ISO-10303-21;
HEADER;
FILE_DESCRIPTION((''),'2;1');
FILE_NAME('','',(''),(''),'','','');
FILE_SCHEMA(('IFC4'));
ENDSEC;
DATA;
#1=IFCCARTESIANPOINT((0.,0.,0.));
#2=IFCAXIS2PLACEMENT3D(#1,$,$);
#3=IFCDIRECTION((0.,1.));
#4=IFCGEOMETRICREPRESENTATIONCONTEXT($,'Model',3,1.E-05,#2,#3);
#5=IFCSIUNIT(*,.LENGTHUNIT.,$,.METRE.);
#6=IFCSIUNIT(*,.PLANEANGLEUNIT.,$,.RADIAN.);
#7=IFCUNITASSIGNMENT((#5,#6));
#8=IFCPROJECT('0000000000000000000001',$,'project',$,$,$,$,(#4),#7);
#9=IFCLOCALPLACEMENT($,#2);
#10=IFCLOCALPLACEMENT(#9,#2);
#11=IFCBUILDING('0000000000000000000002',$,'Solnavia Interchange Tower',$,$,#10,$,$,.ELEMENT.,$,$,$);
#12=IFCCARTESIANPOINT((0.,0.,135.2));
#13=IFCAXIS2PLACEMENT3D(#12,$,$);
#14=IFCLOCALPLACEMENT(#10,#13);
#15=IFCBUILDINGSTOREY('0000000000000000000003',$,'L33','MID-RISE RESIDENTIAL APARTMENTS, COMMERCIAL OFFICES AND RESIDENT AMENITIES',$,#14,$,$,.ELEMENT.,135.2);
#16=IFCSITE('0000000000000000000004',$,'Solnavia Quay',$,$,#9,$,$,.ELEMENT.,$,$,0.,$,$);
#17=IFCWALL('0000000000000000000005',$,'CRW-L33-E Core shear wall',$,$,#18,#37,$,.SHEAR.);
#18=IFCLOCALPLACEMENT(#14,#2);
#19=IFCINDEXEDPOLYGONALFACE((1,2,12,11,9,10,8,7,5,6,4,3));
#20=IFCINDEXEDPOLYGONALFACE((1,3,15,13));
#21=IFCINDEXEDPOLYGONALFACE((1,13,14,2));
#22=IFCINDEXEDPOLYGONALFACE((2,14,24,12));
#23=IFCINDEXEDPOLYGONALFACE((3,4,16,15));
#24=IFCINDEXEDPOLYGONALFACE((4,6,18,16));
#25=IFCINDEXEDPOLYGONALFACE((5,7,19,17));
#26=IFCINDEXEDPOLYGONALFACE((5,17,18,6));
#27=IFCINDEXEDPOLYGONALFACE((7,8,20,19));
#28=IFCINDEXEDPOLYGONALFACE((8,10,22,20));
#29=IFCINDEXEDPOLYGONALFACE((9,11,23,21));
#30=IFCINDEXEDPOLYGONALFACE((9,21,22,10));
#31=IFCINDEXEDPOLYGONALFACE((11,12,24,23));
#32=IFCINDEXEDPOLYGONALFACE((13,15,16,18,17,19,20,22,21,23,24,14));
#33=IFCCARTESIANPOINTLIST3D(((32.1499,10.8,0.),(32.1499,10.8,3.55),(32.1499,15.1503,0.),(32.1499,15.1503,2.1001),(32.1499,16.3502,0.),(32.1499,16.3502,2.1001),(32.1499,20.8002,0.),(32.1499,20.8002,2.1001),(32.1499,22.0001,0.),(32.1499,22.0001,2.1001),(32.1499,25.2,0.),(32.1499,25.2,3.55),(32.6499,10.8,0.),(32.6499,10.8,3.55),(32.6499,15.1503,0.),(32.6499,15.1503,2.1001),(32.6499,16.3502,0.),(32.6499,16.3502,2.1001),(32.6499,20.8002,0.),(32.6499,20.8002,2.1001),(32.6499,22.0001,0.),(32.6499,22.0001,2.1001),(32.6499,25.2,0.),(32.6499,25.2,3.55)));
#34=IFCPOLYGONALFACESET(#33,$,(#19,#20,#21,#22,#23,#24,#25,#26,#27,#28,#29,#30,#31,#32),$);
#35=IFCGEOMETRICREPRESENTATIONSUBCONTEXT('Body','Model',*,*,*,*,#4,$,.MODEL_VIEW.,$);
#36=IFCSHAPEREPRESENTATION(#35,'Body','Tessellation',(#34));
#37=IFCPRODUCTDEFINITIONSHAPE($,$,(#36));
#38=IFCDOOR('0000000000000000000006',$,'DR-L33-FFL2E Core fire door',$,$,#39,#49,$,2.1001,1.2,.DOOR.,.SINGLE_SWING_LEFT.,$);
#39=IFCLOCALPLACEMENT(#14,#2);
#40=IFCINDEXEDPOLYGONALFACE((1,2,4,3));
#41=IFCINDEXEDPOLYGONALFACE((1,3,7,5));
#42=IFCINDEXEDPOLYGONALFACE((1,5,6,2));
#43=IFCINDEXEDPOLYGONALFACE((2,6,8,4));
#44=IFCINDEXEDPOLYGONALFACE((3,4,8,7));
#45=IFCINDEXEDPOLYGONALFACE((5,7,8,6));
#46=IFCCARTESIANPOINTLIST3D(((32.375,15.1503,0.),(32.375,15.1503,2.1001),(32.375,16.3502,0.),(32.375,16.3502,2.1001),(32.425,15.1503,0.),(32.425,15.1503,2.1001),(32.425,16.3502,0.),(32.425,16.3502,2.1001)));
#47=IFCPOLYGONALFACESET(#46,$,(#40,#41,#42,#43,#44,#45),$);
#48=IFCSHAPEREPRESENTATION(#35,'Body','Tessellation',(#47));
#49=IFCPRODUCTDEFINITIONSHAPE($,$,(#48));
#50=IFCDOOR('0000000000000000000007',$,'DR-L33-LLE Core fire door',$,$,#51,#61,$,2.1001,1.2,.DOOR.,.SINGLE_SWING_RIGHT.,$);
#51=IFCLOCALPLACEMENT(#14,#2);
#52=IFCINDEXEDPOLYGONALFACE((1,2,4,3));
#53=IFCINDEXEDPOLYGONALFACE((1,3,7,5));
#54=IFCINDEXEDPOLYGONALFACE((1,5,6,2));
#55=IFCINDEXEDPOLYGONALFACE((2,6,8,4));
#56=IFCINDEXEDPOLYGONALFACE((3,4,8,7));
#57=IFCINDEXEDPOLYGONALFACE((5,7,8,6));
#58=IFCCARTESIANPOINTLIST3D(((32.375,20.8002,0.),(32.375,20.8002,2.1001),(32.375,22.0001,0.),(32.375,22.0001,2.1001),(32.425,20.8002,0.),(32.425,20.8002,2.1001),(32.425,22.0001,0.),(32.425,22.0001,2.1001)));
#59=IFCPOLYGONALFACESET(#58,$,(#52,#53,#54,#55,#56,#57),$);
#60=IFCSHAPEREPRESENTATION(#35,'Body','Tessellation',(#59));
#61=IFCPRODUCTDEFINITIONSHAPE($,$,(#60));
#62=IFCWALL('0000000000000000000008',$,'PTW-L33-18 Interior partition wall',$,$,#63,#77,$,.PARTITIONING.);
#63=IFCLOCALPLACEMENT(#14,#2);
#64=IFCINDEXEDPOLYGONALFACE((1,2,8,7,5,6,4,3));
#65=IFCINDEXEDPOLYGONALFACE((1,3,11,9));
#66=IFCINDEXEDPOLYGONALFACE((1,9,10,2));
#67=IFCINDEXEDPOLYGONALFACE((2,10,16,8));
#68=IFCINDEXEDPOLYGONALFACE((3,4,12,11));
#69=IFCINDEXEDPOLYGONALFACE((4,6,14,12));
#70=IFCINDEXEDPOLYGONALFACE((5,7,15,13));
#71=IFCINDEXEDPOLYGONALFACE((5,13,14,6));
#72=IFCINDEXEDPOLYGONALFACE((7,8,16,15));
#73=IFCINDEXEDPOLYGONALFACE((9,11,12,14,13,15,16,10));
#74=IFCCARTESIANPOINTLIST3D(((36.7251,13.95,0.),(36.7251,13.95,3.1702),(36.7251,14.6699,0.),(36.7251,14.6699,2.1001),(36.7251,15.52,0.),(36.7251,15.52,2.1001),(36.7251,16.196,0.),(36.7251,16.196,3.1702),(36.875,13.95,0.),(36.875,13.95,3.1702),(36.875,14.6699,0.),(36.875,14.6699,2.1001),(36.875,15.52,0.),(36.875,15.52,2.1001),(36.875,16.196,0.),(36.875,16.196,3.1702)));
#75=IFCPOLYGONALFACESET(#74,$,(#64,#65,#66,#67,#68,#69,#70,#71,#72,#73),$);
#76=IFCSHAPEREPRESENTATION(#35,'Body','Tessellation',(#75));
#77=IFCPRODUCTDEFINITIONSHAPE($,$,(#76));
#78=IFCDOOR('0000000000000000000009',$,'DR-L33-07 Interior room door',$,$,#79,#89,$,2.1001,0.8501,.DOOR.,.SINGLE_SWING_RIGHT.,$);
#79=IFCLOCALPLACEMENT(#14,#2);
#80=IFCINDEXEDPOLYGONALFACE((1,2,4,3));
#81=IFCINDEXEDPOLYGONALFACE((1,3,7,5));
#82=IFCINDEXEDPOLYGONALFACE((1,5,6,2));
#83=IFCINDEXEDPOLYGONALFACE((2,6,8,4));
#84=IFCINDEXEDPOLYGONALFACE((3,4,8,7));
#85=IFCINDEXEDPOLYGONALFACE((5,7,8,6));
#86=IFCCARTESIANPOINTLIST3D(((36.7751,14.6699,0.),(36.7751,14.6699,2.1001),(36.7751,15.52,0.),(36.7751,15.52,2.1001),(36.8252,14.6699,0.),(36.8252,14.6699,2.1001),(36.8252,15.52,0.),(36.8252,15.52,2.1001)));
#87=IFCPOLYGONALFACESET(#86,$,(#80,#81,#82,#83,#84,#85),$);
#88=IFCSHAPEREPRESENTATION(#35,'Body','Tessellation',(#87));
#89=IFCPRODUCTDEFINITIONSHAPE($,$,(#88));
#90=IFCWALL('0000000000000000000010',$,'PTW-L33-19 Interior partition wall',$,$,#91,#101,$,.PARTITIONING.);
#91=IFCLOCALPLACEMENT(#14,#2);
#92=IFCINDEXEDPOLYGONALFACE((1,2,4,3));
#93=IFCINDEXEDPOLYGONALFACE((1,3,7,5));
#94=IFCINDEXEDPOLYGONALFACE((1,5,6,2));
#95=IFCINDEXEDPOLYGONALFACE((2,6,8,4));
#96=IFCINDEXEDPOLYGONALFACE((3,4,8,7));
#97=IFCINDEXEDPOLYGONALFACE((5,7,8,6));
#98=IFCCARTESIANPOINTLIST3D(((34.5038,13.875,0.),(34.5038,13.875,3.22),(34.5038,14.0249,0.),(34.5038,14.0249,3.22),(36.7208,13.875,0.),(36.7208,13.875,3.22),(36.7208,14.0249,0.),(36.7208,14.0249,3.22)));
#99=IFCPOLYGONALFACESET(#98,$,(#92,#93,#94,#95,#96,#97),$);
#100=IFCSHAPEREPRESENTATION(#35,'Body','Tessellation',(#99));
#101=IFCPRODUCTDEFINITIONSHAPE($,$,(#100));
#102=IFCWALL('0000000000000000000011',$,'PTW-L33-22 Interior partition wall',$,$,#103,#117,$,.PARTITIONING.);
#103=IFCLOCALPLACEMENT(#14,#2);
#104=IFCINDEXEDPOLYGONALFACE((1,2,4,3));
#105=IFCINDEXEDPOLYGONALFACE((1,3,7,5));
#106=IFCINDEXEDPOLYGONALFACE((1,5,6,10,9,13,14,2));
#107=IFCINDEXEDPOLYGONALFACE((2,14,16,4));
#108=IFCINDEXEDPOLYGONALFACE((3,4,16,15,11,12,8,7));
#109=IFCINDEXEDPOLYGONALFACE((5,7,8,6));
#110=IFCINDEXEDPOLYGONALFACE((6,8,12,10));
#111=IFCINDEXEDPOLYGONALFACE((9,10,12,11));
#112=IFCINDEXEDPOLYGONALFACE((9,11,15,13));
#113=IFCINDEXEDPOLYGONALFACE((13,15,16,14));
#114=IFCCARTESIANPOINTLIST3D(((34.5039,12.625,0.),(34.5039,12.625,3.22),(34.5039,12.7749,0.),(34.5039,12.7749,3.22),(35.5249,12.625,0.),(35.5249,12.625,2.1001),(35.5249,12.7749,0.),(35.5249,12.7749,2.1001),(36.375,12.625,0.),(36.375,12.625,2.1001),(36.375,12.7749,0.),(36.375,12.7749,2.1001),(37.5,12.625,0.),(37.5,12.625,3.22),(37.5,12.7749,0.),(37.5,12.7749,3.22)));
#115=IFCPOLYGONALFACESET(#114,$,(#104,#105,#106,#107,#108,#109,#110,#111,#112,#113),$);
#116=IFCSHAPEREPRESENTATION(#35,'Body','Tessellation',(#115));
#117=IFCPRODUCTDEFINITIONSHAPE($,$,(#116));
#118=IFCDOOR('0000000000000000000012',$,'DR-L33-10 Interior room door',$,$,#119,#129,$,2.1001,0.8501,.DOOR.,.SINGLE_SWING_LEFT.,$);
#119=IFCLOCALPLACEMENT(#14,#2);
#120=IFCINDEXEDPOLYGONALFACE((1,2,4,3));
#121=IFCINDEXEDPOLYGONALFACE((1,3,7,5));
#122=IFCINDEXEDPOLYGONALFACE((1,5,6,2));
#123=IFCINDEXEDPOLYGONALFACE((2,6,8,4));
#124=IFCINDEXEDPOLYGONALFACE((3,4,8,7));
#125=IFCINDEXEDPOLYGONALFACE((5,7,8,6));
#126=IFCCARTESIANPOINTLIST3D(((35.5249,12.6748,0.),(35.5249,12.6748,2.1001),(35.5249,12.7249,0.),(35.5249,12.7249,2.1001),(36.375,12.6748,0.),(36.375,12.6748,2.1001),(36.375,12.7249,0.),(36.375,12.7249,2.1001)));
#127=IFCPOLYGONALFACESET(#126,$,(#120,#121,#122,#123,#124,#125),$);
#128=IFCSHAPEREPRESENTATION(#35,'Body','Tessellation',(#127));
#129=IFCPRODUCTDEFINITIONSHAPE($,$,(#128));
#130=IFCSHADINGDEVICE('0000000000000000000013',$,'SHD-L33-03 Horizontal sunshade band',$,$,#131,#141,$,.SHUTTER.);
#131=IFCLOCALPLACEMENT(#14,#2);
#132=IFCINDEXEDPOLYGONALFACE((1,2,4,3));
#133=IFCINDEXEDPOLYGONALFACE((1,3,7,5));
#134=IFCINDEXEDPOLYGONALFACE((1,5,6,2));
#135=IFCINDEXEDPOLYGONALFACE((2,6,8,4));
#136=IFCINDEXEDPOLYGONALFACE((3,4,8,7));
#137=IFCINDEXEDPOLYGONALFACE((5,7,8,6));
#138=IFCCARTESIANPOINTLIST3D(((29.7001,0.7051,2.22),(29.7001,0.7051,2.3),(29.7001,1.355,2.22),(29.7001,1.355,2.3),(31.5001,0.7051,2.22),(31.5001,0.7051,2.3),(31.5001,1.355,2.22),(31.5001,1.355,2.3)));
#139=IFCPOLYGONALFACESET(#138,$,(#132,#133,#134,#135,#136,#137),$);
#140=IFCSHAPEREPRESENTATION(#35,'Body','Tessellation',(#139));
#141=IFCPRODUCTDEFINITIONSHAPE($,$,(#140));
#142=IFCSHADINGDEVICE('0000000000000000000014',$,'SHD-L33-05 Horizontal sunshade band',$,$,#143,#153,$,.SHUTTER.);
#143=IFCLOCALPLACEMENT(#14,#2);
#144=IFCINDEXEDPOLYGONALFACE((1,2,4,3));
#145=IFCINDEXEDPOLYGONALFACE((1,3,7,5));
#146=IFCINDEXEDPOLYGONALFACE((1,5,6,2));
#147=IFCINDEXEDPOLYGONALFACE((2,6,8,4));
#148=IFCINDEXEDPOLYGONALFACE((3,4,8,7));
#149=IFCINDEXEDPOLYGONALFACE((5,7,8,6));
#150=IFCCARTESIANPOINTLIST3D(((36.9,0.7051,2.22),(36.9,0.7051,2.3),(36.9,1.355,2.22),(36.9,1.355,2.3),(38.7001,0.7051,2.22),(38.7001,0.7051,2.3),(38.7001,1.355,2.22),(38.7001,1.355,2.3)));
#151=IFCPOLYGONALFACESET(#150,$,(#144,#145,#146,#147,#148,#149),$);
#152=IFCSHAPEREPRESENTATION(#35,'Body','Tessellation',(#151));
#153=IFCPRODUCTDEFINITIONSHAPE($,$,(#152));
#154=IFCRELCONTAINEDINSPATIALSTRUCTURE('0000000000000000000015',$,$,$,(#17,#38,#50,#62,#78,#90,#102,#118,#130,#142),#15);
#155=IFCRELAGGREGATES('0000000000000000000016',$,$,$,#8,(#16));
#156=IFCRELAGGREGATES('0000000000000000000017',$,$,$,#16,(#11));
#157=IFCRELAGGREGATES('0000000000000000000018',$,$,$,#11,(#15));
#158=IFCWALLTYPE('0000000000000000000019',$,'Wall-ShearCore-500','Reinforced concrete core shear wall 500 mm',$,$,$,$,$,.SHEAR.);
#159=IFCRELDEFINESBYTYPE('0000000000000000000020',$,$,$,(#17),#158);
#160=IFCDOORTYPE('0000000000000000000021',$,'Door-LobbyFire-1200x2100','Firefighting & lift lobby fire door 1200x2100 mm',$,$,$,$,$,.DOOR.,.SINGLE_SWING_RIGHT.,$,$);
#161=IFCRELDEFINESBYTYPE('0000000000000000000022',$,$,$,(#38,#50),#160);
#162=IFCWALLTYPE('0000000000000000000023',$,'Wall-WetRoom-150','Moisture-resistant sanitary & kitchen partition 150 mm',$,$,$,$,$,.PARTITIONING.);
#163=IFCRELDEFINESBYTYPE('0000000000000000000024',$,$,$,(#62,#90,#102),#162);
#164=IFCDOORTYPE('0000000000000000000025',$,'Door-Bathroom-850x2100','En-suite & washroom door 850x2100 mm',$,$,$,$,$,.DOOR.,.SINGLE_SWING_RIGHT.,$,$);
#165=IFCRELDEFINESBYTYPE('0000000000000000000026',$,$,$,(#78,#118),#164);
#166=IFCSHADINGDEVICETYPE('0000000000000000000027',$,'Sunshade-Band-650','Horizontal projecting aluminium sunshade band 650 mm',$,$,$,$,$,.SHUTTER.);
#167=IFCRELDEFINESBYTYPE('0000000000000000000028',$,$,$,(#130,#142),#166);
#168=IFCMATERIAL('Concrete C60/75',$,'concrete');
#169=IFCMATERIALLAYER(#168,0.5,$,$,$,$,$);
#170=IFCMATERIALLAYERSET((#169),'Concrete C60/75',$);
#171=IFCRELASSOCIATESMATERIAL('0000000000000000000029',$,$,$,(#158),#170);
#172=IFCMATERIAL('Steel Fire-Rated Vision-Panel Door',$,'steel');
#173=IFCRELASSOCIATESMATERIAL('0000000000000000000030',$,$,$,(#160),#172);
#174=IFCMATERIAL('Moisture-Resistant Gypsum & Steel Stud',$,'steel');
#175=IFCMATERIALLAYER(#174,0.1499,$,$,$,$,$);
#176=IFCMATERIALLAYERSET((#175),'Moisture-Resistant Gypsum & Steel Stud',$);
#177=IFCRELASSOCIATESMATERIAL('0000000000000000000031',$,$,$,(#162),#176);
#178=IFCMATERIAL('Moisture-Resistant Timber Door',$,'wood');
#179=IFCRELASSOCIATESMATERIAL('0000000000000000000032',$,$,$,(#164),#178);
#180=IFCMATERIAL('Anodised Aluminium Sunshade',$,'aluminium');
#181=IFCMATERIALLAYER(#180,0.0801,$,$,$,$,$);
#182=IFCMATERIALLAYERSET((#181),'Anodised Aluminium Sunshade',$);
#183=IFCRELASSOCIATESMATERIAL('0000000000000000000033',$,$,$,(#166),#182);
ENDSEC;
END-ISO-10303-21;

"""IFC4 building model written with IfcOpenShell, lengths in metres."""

from ifc_helpers import new_model, si_unit, direction, frame, frame_2d, origin, origin_2d, place, context, subcontext, project, spatial, rectangle, extrude, material, layer, layer_set, type_object, element, fill, save


model = new_model("IFC4")

# Units and contexts
model_context = context("Model", 3, precision=1e-05, world=origin(), true_north=direction((0.0, 1.0)))
body_context = subcontext(model_context, "Body", "Model", "MODEL_VIEW")
ifc_project = project(units=[si_unit("LENGTHUNIT", "METRE"), si_unit("PLANEANGLEUNIT", "RADIAN")], contexts=[model_context])

# Site, building, storey
site_placement = place(None, origin())
site = spatial("IfcSite", under=ifc_project, at=site_placement, Name="Solnavia Quay", CompositionType="ELEMENT", RefElevation=0.0)
building_placement = place(site_placement, origin())
building = spatial("IfcBuilding", under=site, at=building_placement, Name="Solnavia Interchange Tower", CompositionType="ELEMENT")
storey_placement = place(building_placement, frame((0.0, 0.0, 135.2)))
storey = spatial("IfcBuildingStorey", under=building, at=storey_placement, Name="L33", Description="MID-RISE RESIDENTIAL APARTMENTS, COMMERCIAL OFFICES AND RESIDENT AMENITIES", CompositionType="ELEMENT", Elevation=135.2)

# Wall, openings, doors
ifc_material_1 = material(Name="Concrete C60/75", Category="concrete")
ifc_layer_1 = layer(ifc_material_1, 0.5)
ifc_layer_set_1 = layer_set([ifc_layer_1], Name="Concrete C60/75")
wall_type_1 = type_object("IfcWallType", Name="Wall-ShearCore-500", Description="Reinforced concrete core shear wall 500 mm", PredefinedType="SHEAR", material=ifc_layer_set_1)
wall_1_placement = place(storey_placement, frame((32.3999, 10.8, 0.0), z_axis=(0.0, 0.0, 1.0), x_axis=(0.0, 1.0, 0.0)))
wall_1 = element("IfcWall", 1, at=wall_1_placement, inside=storey, type_object=wall_type_1, Name="CRW-L33-E Core shear wall", PredefinedType="SHEAR", context=body_context, shape_type="SweptSolid", body=[
    extrude(rectangle(XDim=14.3999, YDim=0.5, at=frame_2d((7.2, 0.0))), origin(), (0.0, 0.0, 1.0), 3.55),
])
opening_1_placement = place(wall_1_placement, frame((4.3501, 0.0, 0.0)))
opening_1 = element("IfcOpeningElement", 2, at=opening_1_placement, cuts=wall_1, PredefinedType="OPENING", context=body_context, shape_type="SweptSolid", body=[
    extrude(rectangle(XDim=1.2, YDim=2.1001, at=frame_2d((0.6001, 1.05))), frame((0.0, 0.26, 0.0), z_axis=(0.0, -1.0, 0.0), x_axis=(1.0, 0.0, 0.0)), (0.0, 0.0, 1.0), 0.52),
])
opening_2_placement = place(wall_1_placement, frame((10.0, 0.0, 0.0)))
opening_2 = element("IfcOpeningElement", 3, at=opening_2_placement, cuts=wall_1, PredefinedType="OPENING", context=body_context, shape_type="SweptSolid", body=[
    extrude(rectangle(XDim=1.2, YDim=2.1001, at=frame_2d((0.6001, 1.05))), frame((0.0, 0.26, 0.0), z_axis=(0.0, -1.0, 0.0), x_axis=(1.0, 0.0, 0.0)), (0.0, 0.0, 1.0), 0.52),
])
ifc_material_2 = material(Name="Steel Fire-Rated Vision-Panel Door", Category="steel")
door_type_1 = type_object("IfcDoorType", Name="Door-LobbyFire-1200x2100", Description="Firefighting & lift lobby fire door 1200x2100 mm", OperationType="SINGLE_SWING_RIGHT", PredefinedType="DOOR", material=ifc_material_2)
door_1_placement = place(opening_1_placement, origin())
door_1 = element("IfcDoor", 4, at=door_1_placement, inside=storey, type_object=door_type_1, Name="DR-L33-FFL2E Core fire door", OperationType="SINGLE_SWING_LEFT", OverallHeight=2.1001, OverallWidth=1.2, PredefinedType="DOOR", context=body_context, shape_type="SweptSolid", body=[
    extrude(rectangle(XDim=1.2, YDim=2.1001, at=frame_2d((0.6001, 1.05))), frame((0.0, 0.0249, 0.0), z_axis=(0.0, -1.0, 0.0), x_axis=(1.0, 0.0, 0.0)), (0.0, 0.0, 1.0), 0.05),
])
fill(opening_1, door_1)
door_2_placement = place(opening_2_placement, origin())
door_2 = element("IfcDoor", 5, at=door_2_placement, inside=storey, type_object=door_type_1, Name="DR-L33-LLE Core fire door", OperationType="SINGLE_SWING_RIGHT", OverallHeight=2.1001, OverallWidth=1.2, PredefinedType="DOOR", context=body_context, shape_type="SweptSolid", body=[
    extrude(rectangle(XDim=1.2, YDim=2.1001, at=frame_2d((0.6001, 1.05))), frame((0.0, 0.0249, 0.0), z_axis=(0.0, -1.0, 0.0), x_axis=(1.0, 0.0, 0.0)), (0.0, 0.0, 1.0), 0.05),
])
fill(opening_2, door_2)

# Wall, opening, door
ifc_material_3 = material(Name="Moisture-Resistant Gypsum & Steel Stud", Category="steel")
ifc_layer_2 = layer(ifc_material_3, 0.1499)
ifc_layer_set_2 = layer_set([ifc_layer_2], Name="Moisture-Resistant Gypsum & Steel Stud")
wall_type_2 = type_object("IfcWallType", Name="Wall-WetRoom-150", Description="Moisture-resistant sanitary & kitchen partition 150 mm", PredefinedType="PARTITIONING", material=ifc_layer_set_2)
wall_2_placement = place(storey_placement, frame((36.8, 13.95, 0.0), z_axis=(0.0, 0.0, 1.0), x_axis=(0.0, 1.0, 0.0)))
wall_2 = element("IfcWall", 6, at=wall_2_placement, inside=storey, type_object=wall_type_2, Name="PTW-L33-18 Interior partition wall", PredefinedType="PARTITIONING", context=body_context, shape_type="SweptSolid", body=[
    extrude(rectangle(XDim=2.2461, YDim=0.1499, at=frame_2d((1.123, 0.0))), origin(), (0.0, 0.0, 1.0), 3.1702),
])
opening_3_placement = place(wall_2_placement, frame((0.72, 0.0, 0.0)))
opening_3 = element("IfcOpeningElement", 7, at=opening_3_placement, cuts=wall_2, PredefinedType="OPENING", context=body_context, shape_type="SweptSolid", body=[
    extrude(rectangle(XDim=0.8501, YDim=2.1001, at=frame_2d((0.425, 1.05))), frame((0.0, 0.085, 0.0), z_axis=(0.0, -1.0, 0.0), x_axis=(1.0, 0.0, 0.0)), (0.0, 0.0, 1.0), 0.1699),
])
ifc_material_4 = material(Name="Moisture-Resistant Timber Door", Category="wood")
door_type_2 = type_object("IfcDoorType", Name="Door-Bathroom-850x2100", Description="En-suite & washroom door 850x2100 mm", OperationType="SINGLE_SWING_RIGHT", PredefinedType="DOOR", material=ifc_material_4)
door_3_placement = place(opening_3_placement, origin())
door_3 = element("IfcDoor", 8, at=door_3_placement, inside=storey, type_object=door_type_2, Name="DR-L33-07 Interior room door", OperationType="SINGLE_SWING_RIGHT", OverallHeight=2.1001, OverallWidth=0.8501, PredefinedType="DOOR", context=body_context, shape_type="SweptSolid", body=[
    extrude(rectangle(XDim=0.8501, YDim=2.1001, at=frame_2d((0.425, 1.05))), frame((0.0, 0.0249, 0.0), z_axis=(0.0, -1.0, 0.0), x_axis=(1.0, 0.0, 0.0)), (0.0, 0.0, 1.0), 0.05),
])
fill(opening_3, door_3)

# Wall
wall_3_placement = place(storey_placement, frame((34.5039, 13.95, 0.0), z_axis=(0.0, 0.0, 1.0), x_axis=(1.0, 0.0, 0.0)))
element("IfcWall", 9, at=wall_3_placement, inside=storey, type_object=wall_type_2, Name="PTW-L33-19 Interior partition wall", PredefinedType="PARTITIONING", context=body_context, shape_type="SweptSolid", body=[
    extrude(rectangle(XDim=2.217, YDim=0.1499, at=frame_2d((1.1084, 0.0))), origin(), (0.0, 0.0, 1.0), 3.22),
])

# Wall, opening, door
wall_4_placement = place(storey_placement, frame((34.5039, 12.7, 0.0), z_axis=(0.0, 0.0, 1.0), x_axis=(1.0, 0.0, 0.0)))
wall_4 = element("IfcWall", 10, at=wall_4_placement, inside=storey, type_object=wall_type_2, Name="PTW-L33-22 Interior partition wall", PredefinedType="PARTITIONING", context=body_context, shape_type="SweptSolid", body=[
    extrude(rectangle(XDim=2.9961, YDim=0.1499, at=frame_2d((1.498, 0.0))), origin(), (0.0, 0.0, 1.0), 3.22),
])
opening_4_placement = place(wall_4_placement, frame((1.021, 0.0, 0.0)))
opening_4 = element("IfcOpeningElement", 11, at=opening_4_placement, cuts=wall_4, PredefinedType="OPENING", context=body_context, shape_type="SweptSolid", body=[
    extrude(rectangle(XDim=0.8501, YDim=2.1001, at=frame_2d((0.425, 1.05))), frame((0.0, 0.085, 0.0), z_axis=(0.0, -1.0, 0.0), x_axis=(1.0, 0.0, 0.0)), (0.0, 0.0, 1.0), 0.1699),
])
door_4_placement = place(opening_4_placement, origin())
door_4 = element("IfcDoor", 12, at=door_4_placement, inside=storey, type_object=door_type_2, Name="DR-L33-10 Interior room door", OperationType="SINGLE_SWING_LEFT", OverallHeight=2.1001, OverallWidth=0.8501, PredefinedType="DOOR", context=body_context, shape_type="SweptSolid", body=[
    extrude(rectangle(XDim=0.8501, YDim=2.1001, at=frame_2d((0.425, 1.05))), frame((0.0, 0.0249, 0.0), z_axis=(0.0, -1.0, 0.0), x_axis=(1.0, 0.0, 0.0)), (0.0, 0.0, 1.0), 0.05),
])
fill(opening_4, door_4)

# Shading devices
ifc_material_5 = material(Name="Anodised Aluminium Sunshade", Category="aluminium")
ifc_layer_3 = layer(ifc_material_5, 0.0801)
ifc_layer_set_3 = layer_set([ifc_layer_3], Name="Anodised Aluminium Sunshade")
shading_device_type = type_object("IfcShadingDeviceType", Name="Sunshade-Band-650", Description="Horizontal projecting aluminium sunshade band 650 mm", PredefinedType="SHUTTER", material=ifc_layer_set_3)
for number, where, z_axis, x_axis, name in (
    (13, (30.6001, 1.03, 2.22), (0.0, 0.0, 1.0), (-1.0, 0.0, 0.0), "SHD-L33-03 Horizontal sunshade band"),
    (14, (37.8, 1.03, 2.22), (0.0, 0.0, 1.0), (-1.0, 0.0, 0.0), "SHD-L33-05 Horizontal sunshade band"),
):
    element("IfcShadingDevice", number, at=place(storey_placement, frame(where, z_axis=z_axis, x_axis=x_axis)), inside=storey, type_object=shading_device_type, Name=name, PredefinedType="SHUTTER", context=body_context, shape_type="SweptSolid", body=[
        extrude(rectangle(XDim=1.8, YDim=0.6499, at=origin_2d()), origin(), (0.0, 0.0, 1.0), 0.0801),
    ])

save(model, "model.ifc")
